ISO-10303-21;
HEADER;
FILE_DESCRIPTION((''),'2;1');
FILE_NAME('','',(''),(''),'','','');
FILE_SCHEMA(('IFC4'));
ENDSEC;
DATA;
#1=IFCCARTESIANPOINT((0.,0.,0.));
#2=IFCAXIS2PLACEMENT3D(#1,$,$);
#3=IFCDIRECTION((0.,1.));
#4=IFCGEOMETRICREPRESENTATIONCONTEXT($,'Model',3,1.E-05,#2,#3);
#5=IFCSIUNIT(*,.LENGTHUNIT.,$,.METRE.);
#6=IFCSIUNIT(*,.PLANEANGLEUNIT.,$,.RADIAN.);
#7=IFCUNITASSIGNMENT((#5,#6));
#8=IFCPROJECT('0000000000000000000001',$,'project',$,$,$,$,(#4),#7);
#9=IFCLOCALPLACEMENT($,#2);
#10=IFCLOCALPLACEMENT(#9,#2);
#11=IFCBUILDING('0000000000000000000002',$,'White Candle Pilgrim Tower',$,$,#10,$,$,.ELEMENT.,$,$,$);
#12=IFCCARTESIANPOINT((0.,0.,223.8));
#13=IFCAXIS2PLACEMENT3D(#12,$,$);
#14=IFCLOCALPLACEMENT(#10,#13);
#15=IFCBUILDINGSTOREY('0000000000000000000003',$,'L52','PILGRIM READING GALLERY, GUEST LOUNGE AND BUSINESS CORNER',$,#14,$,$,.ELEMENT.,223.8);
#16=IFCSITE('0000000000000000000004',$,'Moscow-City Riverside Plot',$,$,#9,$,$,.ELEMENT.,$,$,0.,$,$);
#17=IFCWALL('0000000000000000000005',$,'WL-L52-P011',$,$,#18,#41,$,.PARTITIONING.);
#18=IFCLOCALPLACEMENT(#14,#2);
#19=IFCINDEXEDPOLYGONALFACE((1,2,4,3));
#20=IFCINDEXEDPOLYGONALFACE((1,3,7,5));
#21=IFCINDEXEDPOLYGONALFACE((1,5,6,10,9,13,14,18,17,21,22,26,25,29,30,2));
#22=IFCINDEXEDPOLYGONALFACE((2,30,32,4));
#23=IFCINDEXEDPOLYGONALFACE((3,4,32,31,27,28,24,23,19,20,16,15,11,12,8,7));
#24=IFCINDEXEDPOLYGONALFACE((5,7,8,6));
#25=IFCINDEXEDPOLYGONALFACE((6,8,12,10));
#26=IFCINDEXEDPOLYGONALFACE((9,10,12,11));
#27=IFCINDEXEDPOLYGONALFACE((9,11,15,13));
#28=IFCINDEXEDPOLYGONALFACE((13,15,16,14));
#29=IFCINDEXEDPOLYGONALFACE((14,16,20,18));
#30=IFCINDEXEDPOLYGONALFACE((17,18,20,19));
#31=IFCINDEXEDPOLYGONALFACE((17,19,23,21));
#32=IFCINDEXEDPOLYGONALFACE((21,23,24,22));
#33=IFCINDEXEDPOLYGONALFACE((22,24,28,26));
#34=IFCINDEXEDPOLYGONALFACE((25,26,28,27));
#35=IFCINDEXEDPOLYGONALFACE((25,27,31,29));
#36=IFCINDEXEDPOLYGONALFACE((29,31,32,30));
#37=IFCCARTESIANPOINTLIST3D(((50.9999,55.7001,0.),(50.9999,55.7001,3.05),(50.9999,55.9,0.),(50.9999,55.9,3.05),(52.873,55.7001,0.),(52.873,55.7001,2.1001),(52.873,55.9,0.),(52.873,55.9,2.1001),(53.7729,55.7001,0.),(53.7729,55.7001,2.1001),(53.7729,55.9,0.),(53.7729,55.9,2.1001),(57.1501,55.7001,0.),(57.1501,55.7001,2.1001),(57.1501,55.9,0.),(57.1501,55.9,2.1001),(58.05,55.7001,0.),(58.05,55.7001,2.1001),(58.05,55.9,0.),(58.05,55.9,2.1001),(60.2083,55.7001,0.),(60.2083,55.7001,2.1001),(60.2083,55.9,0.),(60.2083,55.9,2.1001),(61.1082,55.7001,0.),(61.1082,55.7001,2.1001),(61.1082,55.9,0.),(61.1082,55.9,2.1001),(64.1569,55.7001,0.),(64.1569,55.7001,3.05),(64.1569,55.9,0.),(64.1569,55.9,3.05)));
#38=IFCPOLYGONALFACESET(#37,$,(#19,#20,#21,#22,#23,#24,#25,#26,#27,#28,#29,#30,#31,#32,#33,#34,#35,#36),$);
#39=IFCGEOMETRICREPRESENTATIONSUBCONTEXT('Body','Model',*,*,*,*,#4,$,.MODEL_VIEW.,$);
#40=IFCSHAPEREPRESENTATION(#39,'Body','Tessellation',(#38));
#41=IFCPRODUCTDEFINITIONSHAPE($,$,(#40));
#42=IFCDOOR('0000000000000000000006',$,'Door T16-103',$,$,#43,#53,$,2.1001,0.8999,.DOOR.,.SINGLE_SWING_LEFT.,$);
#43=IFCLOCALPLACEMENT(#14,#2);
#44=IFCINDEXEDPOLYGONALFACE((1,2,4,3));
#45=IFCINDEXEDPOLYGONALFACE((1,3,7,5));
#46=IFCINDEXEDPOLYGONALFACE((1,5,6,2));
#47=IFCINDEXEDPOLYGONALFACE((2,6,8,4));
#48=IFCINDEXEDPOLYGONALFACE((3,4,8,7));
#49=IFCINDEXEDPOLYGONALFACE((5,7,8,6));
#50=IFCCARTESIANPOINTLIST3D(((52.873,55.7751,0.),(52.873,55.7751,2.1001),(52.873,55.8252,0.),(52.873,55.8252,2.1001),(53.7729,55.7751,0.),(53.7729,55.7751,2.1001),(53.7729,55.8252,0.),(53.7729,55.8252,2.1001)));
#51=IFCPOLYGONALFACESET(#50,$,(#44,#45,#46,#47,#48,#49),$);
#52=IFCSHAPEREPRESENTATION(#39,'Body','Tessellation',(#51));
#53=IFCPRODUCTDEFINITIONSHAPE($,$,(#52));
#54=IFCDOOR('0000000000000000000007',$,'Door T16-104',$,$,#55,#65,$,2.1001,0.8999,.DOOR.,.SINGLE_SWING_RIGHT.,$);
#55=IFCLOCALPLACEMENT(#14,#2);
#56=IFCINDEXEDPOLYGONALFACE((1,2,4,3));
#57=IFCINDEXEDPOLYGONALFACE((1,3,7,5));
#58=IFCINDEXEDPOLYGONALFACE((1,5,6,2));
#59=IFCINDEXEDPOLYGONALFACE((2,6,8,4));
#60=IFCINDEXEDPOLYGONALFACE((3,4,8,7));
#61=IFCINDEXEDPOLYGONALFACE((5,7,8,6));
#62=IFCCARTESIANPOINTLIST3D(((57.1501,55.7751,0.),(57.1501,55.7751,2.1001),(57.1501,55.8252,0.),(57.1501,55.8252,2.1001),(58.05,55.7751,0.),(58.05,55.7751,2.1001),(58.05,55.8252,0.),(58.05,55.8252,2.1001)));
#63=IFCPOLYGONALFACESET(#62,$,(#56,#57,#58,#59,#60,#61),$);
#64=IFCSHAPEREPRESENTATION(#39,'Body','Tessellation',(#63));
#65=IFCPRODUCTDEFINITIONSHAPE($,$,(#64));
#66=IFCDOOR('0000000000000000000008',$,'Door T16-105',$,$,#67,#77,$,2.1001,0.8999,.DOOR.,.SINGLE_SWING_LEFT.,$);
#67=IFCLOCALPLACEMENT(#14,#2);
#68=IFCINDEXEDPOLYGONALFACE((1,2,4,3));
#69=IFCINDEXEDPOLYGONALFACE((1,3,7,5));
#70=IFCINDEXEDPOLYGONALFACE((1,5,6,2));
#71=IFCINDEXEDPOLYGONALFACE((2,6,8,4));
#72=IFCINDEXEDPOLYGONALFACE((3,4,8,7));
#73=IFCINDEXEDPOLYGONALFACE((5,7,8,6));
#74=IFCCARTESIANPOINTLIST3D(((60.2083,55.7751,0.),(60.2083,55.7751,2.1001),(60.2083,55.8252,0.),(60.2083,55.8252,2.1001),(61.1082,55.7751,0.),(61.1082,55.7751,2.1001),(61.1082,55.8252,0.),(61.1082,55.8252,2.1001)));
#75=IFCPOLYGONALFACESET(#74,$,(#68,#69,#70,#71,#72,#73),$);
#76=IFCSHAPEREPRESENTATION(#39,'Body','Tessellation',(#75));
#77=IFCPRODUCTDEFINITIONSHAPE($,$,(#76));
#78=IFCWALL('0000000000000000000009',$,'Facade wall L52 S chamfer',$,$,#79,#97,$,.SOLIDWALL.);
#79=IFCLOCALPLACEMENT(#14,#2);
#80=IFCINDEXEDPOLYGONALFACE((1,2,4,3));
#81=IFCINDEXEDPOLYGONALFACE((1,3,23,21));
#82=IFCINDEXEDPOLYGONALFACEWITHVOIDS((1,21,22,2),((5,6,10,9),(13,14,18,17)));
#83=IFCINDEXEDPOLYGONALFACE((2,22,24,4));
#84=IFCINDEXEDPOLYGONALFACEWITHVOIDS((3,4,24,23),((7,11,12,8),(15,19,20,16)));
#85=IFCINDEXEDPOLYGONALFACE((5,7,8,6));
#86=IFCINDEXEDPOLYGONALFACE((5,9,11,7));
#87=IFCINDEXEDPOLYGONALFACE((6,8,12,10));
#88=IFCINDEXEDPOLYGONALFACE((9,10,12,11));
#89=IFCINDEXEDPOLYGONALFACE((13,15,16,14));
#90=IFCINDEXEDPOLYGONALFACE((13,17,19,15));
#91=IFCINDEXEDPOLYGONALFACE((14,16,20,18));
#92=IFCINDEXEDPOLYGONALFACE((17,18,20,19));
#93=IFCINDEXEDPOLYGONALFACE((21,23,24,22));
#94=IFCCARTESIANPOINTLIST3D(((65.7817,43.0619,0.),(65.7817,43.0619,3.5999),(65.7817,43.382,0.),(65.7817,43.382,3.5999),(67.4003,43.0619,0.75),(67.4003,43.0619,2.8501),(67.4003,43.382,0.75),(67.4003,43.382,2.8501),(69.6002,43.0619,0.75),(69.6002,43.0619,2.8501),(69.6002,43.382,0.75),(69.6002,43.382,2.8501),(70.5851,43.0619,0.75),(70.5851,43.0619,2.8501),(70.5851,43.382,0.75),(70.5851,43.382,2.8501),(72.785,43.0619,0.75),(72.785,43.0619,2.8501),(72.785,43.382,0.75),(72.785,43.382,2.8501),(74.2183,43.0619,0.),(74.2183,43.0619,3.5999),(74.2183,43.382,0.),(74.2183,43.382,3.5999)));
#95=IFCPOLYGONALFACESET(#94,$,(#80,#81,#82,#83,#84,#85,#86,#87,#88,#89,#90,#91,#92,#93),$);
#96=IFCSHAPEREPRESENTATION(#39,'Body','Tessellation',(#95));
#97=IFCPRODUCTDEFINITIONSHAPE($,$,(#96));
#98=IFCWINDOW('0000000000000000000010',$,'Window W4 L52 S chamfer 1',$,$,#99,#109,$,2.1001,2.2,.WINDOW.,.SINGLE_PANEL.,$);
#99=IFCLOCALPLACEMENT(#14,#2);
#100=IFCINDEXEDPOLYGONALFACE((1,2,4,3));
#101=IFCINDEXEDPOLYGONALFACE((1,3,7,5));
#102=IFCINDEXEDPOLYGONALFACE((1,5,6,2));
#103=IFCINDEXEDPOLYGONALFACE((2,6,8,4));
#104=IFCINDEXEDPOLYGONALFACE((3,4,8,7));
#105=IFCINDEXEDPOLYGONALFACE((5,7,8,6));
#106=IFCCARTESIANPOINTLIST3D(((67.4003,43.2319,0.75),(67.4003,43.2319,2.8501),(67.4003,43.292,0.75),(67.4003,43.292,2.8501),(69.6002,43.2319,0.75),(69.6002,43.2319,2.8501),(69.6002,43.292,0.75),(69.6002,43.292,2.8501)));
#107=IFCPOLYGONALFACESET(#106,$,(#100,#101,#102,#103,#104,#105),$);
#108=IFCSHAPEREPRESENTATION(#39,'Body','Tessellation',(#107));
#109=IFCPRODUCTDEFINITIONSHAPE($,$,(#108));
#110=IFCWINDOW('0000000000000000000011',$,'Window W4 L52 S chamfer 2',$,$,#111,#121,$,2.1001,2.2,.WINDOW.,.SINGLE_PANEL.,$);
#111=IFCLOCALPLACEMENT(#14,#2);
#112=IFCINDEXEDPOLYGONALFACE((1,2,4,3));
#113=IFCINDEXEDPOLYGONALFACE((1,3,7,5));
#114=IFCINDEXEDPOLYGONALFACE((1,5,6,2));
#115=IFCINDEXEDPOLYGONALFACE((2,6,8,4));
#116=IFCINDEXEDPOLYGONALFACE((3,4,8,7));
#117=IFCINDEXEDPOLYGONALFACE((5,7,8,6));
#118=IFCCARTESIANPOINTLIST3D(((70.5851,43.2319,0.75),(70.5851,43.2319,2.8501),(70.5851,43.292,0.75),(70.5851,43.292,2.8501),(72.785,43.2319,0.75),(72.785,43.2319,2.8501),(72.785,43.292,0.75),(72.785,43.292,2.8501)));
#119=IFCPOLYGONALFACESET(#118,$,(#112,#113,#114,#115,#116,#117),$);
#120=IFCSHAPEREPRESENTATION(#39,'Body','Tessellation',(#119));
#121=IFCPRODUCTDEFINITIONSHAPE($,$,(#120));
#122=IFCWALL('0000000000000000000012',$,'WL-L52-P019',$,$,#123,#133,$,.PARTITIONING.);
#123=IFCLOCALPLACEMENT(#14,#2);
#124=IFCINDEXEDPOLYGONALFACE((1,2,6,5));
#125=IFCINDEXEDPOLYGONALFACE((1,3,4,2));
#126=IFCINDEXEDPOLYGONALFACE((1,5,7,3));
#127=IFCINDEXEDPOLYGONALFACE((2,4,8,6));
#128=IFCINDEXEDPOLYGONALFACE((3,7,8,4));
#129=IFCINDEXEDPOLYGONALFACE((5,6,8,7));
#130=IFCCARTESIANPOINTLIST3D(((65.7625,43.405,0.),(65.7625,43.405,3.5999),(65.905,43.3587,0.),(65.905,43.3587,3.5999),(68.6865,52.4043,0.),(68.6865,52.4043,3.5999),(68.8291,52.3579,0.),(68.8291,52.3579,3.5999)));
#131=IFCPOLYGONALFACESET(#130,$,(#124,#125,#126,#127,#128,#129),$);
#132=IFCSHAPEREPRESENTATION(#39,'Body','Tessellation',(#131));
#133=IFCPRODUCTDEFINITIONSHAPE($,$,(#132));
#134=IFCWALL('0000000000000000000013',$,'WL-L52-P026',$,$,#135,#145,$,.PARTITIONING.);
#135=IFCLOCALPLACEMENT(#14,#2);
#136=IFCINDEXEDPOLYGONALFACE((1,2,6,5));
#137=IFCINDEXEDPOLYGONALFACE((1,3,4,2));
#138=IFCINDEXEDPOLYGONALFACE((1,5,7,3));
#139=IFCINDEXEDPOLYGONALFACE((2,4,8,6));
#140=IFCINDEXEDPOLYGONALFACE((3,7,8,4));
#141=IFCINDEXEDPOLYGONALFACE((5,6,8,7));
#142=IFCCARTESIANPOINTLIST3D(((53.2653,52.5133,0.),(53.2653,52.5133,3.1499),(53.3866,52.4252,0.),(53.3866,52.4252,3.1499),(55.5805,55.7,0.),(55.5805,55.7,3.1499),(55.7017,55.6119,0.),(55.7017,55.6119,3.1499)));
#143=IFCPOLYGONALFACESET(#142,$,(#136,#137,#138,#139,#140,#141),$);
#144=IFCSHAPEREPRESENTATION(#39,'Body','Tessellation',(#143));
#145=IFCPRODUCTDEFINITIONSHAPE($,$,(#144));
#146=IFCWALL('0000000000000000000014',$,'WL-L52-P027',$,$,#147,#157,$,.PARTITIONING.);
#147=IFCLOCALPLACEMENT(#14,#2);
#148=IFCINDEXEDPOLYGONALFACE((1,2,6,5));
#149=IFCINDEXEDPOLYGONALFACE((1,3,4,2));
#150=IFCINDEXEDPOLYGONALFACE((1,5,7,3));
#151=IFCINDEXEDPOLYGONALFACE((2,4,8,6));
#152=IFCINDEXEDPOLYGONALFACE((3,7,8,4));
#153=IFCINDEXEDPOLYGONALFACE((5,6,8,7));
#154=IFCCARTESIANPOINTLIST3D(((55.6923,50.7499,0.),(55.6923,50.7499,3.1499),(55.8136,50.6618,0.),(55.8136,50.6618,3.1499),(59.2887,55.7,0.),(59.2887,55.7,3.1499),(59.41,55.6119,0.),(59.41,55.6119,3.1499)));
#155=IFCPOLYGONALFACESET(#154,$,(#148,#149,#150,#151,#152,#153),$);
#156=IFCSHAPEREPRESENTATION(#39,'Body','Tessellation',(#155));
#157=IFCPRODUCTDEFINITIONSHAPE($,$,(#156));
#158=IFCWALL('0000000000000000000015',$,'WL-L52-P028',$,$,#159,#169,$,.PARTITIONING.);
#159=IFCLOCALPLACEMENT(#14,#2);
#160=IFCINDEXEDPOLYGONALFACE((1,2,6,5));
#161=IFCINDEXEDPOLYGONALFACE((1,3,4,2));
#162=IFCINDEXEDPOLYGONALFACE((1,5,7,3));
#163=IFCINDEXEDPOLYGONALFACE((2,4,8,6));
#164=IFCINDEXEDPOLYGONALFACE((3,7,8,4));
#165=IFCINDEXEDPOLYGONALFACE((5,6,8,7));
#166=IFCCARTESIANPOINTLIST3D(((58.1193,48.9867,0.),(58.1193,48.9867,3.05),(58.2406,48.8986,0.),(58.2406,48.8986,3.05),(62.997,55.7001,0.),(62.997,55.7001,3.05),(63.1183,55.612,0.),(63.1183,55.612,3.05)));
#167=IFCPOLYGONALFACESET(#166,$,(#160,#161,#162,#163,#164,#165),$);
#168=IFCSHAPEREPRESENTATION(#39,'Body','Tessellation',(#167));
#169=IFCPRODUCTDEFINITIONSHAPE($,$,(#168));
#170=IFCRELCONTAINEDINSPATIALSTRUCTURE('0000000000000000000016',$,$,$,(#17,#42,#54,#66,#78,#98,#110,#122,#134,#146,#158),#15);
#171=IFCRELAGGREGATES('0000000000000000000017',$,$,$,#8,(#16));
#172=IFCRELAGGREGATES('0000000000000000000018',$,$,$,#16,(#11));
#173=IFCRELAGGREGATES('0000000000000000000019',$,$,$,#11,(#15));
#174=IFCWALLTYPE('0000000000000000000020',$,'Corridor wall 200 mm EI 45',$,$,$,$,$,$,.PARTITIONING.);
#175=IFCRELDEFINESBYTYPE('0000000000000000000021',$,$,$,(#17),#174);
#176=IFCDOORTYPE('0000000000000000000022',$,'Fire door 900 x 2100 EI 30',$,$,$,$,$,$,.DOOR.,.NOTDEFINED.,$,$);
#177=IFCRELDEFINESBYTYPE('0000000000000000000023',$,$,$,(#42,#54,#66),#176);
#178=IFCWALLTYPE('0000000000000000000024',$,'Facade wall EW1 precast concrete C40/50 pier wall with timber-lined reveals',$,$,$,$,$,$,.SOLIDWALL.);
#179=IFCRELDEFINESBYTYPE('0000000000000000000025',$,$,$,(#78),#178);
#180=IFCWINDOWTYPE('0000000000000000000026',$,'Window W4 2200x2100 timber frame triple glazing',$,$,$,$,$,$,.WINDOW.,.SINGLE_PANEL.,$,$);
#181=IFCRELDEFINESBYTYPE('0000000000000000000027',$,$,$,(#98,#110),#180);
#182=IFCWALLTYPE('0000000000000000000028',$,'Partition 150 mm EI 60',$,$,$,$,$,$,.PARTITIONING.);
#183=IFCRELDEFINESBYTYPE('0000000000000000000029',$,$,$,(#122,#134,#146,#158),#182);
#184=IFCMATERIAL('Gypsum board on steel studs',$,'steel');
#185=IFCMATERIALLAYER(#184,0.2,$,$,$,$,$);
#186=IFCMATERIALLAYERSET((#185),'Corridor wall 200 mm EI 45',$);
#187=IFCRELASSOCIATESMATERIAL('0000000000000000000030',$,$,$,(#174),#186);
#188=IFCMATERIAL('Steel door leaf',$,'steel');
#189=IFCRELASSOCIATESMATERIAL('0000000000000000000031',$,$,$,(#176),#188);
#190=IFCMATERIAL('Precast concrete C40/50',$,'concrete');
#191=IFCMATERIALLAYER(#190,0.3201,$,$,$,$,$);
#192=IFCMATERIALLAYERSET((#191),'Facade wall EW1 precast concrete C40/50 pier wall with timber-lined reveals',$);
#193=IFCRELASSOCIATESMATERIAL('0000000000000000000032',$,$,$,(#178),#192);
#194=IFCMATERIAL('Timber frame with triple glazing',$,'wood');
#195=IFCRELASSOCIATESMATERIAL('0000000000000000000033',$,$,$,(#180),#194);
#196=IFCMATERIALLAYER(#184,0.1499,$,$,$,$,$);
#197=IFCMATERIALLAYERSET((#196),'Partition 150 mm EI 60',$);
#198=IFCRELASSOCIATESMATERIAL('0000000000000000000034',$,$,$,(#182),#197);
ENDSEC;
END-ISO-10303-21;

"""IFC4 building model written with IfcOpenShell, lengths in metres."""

from ifc_helpers import new_model, si_unit, direction, frame, frame_2d, origin, place, context, subcontext, project, spatial, rectangle, extrude, material, layer, layer_set, type_object, element, fill, save


model = new_model("IFC4")

# Units and contexts
model_context = context("Model", 3, precision=1e-05, world=origin(), true_north=direction((0.0, 1.0)))
body_context = subcontext(model_context, "Body", "Model", "MODEL_VIEW")
ifc_project = project(units=[si_unit("LENGTHUNIT", "METRE"), si_unit("PLANEANGLEUNIT", "RADIAN")], contexts=[model_context])

# Site, building, storey
site_placement = place(None, origin())
site = spatial("IfcSite", under=ifc_project, at=site_placement, Name="Moscow-City Riverside Plot", CompositionType="ELEMENT", RefElevation=0.0)
building_placement = place(site_placement, origin())
building = spatial("IfcBuilding", under=site, at=building_placement, Name="White Candle Pilgrim Tower", CompositionType="ELEMENT")
storey_placement = place(building_placement, frame((0.0, 0.0, 223.8)))
storey = spatial("IfcBuildingStorey", under=building, at=storey_placement, Name="L52", Description="PILGRIM READING GALLERY, GUEST LOUNGE AND BUSINESS CORNER", CompositionType="ELEMENT", Elevation=223.8)

# Wall, openings, doors
ifc_material_1 = material(Name="Gypsum board on steel studs", Category="steel")
ifc_layer_1 = layer(ifc_material_1, 0.2)
ifc_layer_set_1 = layer_set([ifc_layer_1], Name="Corridor wall 200 mm EI 45")
wall_type_1 = type_object("IfcWallType", Name="Corridor wall 200 mm EI 45", PredefinedType="PARTITIONING", material=ifc_layer_set_1)
wall_1_placement = place(storey_placement, frame((64.157, 55.8, 0.0), z_axis=(0.0, 0.0, 1.0), x_axis=(-1.0, 0.0, 0.0)))
wall_1 = element("IfcWall", 1, at=wall_1_placement, inside=storey, type_object=wall_type_1, Name="WL-L52-P011", PredefinedType="PARTITIONING", context=body_context, shape_type="SweptSolid", body=[
    extrude(rectangle(XDim=13.157, YDim=0.2, at=frame_2d((6.5786, 0.0))), origin(), (0.0, 0.0, 1.0), 3.05),
])
opening_1_placement = place(wall_1_placement, frame((10.384, 0.0, 0.0)))
opening_1 = element("IfcOpeningElement", 2, at=opening_1_placement, cuts=wall_1, PredefinedType="OPENING", context=body_context, shape_type="SweptSolid", body=[
    extrude(rectangle(XDim=0.8999, YDim=2.1001, at=frame_2d((0.45, 1.05))), frame((0.0, 0.1099, 0.0), z_axis=(0.0, -1.0, 0.0), x_axis=(1.0, 0.0, 0.0)), (0.0, 0.0, 1.0), 0.22),
])
opening_2_placement = place(wall_1_placement, frame((6.1069, 0.0, 0.0)))
opening_2 = element("IfcOpeningElement", 3, at=opening_2_placement, cuts=wall_1, PredefinedType="OPENING", context=body_context, shape_type="SweptSolid", body=[
    extrude(rectangle(XDim=0.8999, YDim=2.1001, at=frame_2d((0.45, 1.05))), frame((0.0, 0.1099, 0.0), z_axis=(0.0, -1.0, 0.0), x_axis=(1.0, 0.0, 0.0)), (0.0, 0.0, 1.0), 0.22),
])
opening_3_placement = place(wall_1_placement, frame((3.0488, 0.0, 0.0)))
opening_3 = element("IfcOpeningElement", 4, at=opening_3_placement, cuts=wall_1, PredefinedType="OPENING", context=body_context, shape_type="SweptSolid", body=[
    extrude(rectangle(XDim=0.8999, YDim=2.1001, at=frame_2d((0.45, 1.05))), frame((0.0, 0.1099, 0.0), z_axis=(0.0, -1.0, 0.0), x_axis=(1.0, 0.0, 0.0)), (0.0, 0.0, 1.0), 0.22),
])
ifc_material_2 = material(Name="Steel door leaf", Category="steel")
door_type_1 = type_object("IfcDoorType", Name="Fire door 900 x 2100 EI 30", OperationType="NOTDEFINED", PredefinedType="DOOR", material=ifc_material_2)
door_1_placement = place(opening_1_placement, origin())
door_1 = element("IfcDoor", 5, at=door_1_placement, inside=storey, type_object=door_type_1, Name="Door T16-103", OperationType="SINGLE_SWING_LEFT", OverallHeight=2.1001, OverallWidth=0.8999, PredefinedType="DOOR", context=body_context, shape_type="SweptSolid", body=[
    extrude(rectangle(XDim=0.8999, YDim=2.1001, at=frame_2d((0.45, 1.05))), frame((0.0, 0.0249, 0.0), z_axis=(0.0, -1.0, 0.0), x_axis=(1.0, 0.0, 0.0)), (0.0, 0.0, 1.0), 0.05),
])
fill(opening_1, door_1)
door_2_placement = place(opening_2_placement, origin())
door_2 = element("IfcDoor", 6, at=door_2_placement, inside=storey, type_object=door_type_1, Name="Door T16-104", OperationType="SINGLE_SWING_RIGHT", OverallHeight=2.1001, OverallWidth=0.8999, PredefinedType="DOOR", context=body_context, shape_type="SweptSolid", body=[
    extrude(rectangle(XDim=0.8999, YDim=2.1001, at=frame_2d((0.45, 1.05))), frame((0.0, 0.0249, 0.0), z_axis=(0.0, -1.0, 0.0), x_axis=(1.0, 0.0, 0.0)), (0.0, 0.0, 1.0), 0.05),
])
fill(opening_2, door_2)
door_3_placement = place(opening_3_placement, origin())
door_3 = element("IfcDoor", 7, at=door_3_placement, inside=storey, type_object=door_type_1, Name="Door T16-105", OperationType="SINGLE_SWING_LEFT", OverallHeight=2.1001, OverallWidth=0.8999, PredefinedType="DOOR", context=body_context, shape_type="SweptSolid", body=[
    extrude(rectangle(XDim=0.8999, YDim=2.1001, at=frame_2d((0.45, 1.05))), frame((0.0, 0.0249, 0.0), z_axis=(0.0, -1.0, 0.0), x_axis=(1.0, 0.0, 0.0)), (0.0, 0.0, 1.0), 0.05),
])
fill(opening_3, door_3)

# Wall, openings, windows
ifc_material_3 = material(Name="Precast concrete C40/50", Category="concrete")
ifc_layer_2 = layer(ifc_material_3, 0.3201)
ifc_layer_set_2 = layer_set([ifc_layer_2], Name="Facade wall EW1 precast concrete C40/50 pier wall with timber-lined reveals")
wall_type_2 = type_object("IfcWallType", Name="Facade wall EW1 precast concrete C40/50 pier wall with timber-lined reveals", PredefinedType="SOLIDWALL", material=ifc_layer_set_2)
wall_2_placement = place(storey_placement, frame((65.7817, 43.2219, 0.0), z_axis=(0.0, 0.0, 1.0), x_axis=(1.0, 0.0, 0.0)))
wall_2 = element("IfcWall", 8, at=wall_2_placement, inside=storey, type_object=wall_type_2, Name="Facade wall L52 S chamfer", PredefinedType="SOLIDWALL", context=body_context, shape_type="SweptSolid", body=[
    extrude(rectangle(XDim=8.4365, YDim=0.3201, at=frame_2d((4.2183, 0.0))), origin(), (0.0, 0.0, 1.0), 3.5999),
])
opening_4_placement = place(wall_2_placement, frame((1.6184, 0.0, 0.75)))
opening_4 = element("IfcOpeningElement", 9, at=opening_4_placement, cuts=wall_2, PredefinedType="OPENING", context=body_context, shape_type="SweptSolid", body=[
    extrude(rectangle(XDim=2.2, YDim=2.1001, at=frame_2d((1.1001, 1.05))), frame((0.0, 0.1699, 0.0), z_axis=(0.0, -1.0, 0.0), x_axis=(1.0, 0.0, 0.0)), (0.0, 0.0, 1.0), 0.3401),
])
opening_5_placement = place(wall_2_placement, frame((4.8032, 0.0, 0.75)))
opening_5 = element("IfcOpeningElement", 10, at=opening_5_placement, cuts=wall_2, PredefinedType="OPENING", context=body_context, shape_type="SweptSolid", body=[
    extrude(rectangle(XDim=2.2, YDim=2.1001, at=frame_2d((1.1001, 1.05))), frame((0.0, 0.1699, 0.0), z_axis=(0.0, -1.0, 0.0), x_axis=(1.0, 0.0, 0.0)), (0.0, 0.0, 1.0), 0.3401),
])
ifc_material_4 = material(Name="Timber frame with triple glazing", Category="wood")
window_type = type_object("IfcWindowType", Name="Window W4 2200x2100 timber frame triple glazing", PartitioningType="SINGLE_PANEL", PredefinedType="WINDOW", material=ifc_material_4)
window_1_placement = place(opening_4_placement, origin())
window_1 = element("IfcWindow", 11, at=window_1_placement, inside=storey, type_object=window_type, Name="Window W4 L52 S chamfer 1", OverallHeight=2.1001, OverallWidth=2.2, PartitioningType="SINGLE_PANEL", PredefinedType="WINDOW", context=body_context, shape_type="SweptSolid", body=[
    extrude(rectangle(XDim=2.2, YDim=2.1001, at=frame_2d((1.1001, 1.05))), frame((0.0, 0.0701, 0.0), z_axis=(0.0, -1.0, 0.0), x_axis=(1.0, 0.0, 0.0)), (0.0, 0.0, 1.0), 0.0601),
])
fill(opening_4, window_1)
window_2_placement = place(opening_5_placement, origin())
window_2 = element("IfcWindow", 12, at=window_2_placement, inside=storey, type_object=window_type, Name="Window W4 L52 S chamfer 2", OverallHeight=2.1001, OverallWidth=2.2, PartitioningType="SINGLE_PANEL", PredefinedType="WINDOW", context=body_context, shape_type="SweptSolid", body=[
    extrude(rectangle(XDim=2.2, YDim=2.1001, at=frame_2d((1.1001, 1.05))), frame((0.0, 0.0701, 0.0), z_axis=(0.0, -1.0, 0.0), x_axis=(1.0, 0.0, 0.0)), (0.0, 0.0, 1.0), 0.0601),
])
fill(opening_5, window_2)

# Walls
ifc_layer_3 = layer(ifc_material_1, 0.1499)
ifc_layer_set_3 = layer_set([ifc_layer_3], Name="Partition 150 mm EI 60")
wall_type_3 = type_object("IfcWallType", Name="Partition 150 mm EI 60", PredefinedType="PARTITIONING", material=ifc_layer_set_3)
wall_3_placement = place(storey_placement, frame((65.8337, 43.3818, 0.0), z_axis=(0.0, 0.0, 1.0), x_axis=(0.30902, 0.951055, 0.0)))
element("IfcWall", 13, at=wall_3_placement, inside=storey, type_object=wall_type_3, Name="WL-L52-P019", PredefinedType="PARTITIONING", context=body_context, shape_type="SweptSolid", body=[
    extrude(rectangle(XDim=9.4624, YDim=0.1499, at=frame_2d((4.7312, 0.0))), origin(), (0.0, 0.0, 1.0), 3.5999),
])
wall_4_placement = place(storey_placement, frame((53.3259, 52.4692, 0.0), z_axis=(0.0, 0.0, 1.0), x_axis=(0.587763, 0.809033, 0.0)))
element("IfcWall", 14, at=wall_4_placement, inside=storey, type_object=wall_type_3, Name="WL-L52-P026", PredefinedType="PARTITIONING", context=body_context, shape_type="SweptSolid", body=[
    extrude(rectangle(XDim=3.939, YDim=0.1499, at=frame_2d((1.9695, 0.0))), origin(), (0.0, 0.0, 1.0), 3.1499),
])
wall_5_placement = place(storey_placement, frame((55.7529, 50.7058, 0.0), z_axis=(0.0, 0.0, 1.0), x_axis=(0.587775, 0.809024, 0.0)))
element("IfcWall", 15, at=wall_5_placement, inside=storey, type_object=wall_type_3, Name="WL-L52-P027", PredefinedType="PARTITIONING", context=body_context, shape_type="SweptSolid", body=[
    extrude(rectangle(XDim=6.1187, YDim=0.1499, at=frame_2d((3.0593, 0.0))), origin(), (0.0, 0.0, 1.0), 3.1499),
])
wall_6_placement = place(storey_placement, frame((58.1799, 48.9426, 0.0), z_axis=(0.0, 0.0, 1.0), x_axis=(0.587796, 0.80901, 0.0)))
element("IfcWall", 16, at=wall_6_placement, inside=storey, type_object=wall_type_3, Name="WL-L52-P028", PredefinedType="PARTITIONING", context=body_context, shape_type="SweptSolid", body=[
    extrude(rectangle(XDim=8.2983, YDim=0.1499, at=frame_2d((4.1492, 0.0))), origin(), (0.0, 0.0, 1.0), 3.05),
])

save(model, "model.ifc")
